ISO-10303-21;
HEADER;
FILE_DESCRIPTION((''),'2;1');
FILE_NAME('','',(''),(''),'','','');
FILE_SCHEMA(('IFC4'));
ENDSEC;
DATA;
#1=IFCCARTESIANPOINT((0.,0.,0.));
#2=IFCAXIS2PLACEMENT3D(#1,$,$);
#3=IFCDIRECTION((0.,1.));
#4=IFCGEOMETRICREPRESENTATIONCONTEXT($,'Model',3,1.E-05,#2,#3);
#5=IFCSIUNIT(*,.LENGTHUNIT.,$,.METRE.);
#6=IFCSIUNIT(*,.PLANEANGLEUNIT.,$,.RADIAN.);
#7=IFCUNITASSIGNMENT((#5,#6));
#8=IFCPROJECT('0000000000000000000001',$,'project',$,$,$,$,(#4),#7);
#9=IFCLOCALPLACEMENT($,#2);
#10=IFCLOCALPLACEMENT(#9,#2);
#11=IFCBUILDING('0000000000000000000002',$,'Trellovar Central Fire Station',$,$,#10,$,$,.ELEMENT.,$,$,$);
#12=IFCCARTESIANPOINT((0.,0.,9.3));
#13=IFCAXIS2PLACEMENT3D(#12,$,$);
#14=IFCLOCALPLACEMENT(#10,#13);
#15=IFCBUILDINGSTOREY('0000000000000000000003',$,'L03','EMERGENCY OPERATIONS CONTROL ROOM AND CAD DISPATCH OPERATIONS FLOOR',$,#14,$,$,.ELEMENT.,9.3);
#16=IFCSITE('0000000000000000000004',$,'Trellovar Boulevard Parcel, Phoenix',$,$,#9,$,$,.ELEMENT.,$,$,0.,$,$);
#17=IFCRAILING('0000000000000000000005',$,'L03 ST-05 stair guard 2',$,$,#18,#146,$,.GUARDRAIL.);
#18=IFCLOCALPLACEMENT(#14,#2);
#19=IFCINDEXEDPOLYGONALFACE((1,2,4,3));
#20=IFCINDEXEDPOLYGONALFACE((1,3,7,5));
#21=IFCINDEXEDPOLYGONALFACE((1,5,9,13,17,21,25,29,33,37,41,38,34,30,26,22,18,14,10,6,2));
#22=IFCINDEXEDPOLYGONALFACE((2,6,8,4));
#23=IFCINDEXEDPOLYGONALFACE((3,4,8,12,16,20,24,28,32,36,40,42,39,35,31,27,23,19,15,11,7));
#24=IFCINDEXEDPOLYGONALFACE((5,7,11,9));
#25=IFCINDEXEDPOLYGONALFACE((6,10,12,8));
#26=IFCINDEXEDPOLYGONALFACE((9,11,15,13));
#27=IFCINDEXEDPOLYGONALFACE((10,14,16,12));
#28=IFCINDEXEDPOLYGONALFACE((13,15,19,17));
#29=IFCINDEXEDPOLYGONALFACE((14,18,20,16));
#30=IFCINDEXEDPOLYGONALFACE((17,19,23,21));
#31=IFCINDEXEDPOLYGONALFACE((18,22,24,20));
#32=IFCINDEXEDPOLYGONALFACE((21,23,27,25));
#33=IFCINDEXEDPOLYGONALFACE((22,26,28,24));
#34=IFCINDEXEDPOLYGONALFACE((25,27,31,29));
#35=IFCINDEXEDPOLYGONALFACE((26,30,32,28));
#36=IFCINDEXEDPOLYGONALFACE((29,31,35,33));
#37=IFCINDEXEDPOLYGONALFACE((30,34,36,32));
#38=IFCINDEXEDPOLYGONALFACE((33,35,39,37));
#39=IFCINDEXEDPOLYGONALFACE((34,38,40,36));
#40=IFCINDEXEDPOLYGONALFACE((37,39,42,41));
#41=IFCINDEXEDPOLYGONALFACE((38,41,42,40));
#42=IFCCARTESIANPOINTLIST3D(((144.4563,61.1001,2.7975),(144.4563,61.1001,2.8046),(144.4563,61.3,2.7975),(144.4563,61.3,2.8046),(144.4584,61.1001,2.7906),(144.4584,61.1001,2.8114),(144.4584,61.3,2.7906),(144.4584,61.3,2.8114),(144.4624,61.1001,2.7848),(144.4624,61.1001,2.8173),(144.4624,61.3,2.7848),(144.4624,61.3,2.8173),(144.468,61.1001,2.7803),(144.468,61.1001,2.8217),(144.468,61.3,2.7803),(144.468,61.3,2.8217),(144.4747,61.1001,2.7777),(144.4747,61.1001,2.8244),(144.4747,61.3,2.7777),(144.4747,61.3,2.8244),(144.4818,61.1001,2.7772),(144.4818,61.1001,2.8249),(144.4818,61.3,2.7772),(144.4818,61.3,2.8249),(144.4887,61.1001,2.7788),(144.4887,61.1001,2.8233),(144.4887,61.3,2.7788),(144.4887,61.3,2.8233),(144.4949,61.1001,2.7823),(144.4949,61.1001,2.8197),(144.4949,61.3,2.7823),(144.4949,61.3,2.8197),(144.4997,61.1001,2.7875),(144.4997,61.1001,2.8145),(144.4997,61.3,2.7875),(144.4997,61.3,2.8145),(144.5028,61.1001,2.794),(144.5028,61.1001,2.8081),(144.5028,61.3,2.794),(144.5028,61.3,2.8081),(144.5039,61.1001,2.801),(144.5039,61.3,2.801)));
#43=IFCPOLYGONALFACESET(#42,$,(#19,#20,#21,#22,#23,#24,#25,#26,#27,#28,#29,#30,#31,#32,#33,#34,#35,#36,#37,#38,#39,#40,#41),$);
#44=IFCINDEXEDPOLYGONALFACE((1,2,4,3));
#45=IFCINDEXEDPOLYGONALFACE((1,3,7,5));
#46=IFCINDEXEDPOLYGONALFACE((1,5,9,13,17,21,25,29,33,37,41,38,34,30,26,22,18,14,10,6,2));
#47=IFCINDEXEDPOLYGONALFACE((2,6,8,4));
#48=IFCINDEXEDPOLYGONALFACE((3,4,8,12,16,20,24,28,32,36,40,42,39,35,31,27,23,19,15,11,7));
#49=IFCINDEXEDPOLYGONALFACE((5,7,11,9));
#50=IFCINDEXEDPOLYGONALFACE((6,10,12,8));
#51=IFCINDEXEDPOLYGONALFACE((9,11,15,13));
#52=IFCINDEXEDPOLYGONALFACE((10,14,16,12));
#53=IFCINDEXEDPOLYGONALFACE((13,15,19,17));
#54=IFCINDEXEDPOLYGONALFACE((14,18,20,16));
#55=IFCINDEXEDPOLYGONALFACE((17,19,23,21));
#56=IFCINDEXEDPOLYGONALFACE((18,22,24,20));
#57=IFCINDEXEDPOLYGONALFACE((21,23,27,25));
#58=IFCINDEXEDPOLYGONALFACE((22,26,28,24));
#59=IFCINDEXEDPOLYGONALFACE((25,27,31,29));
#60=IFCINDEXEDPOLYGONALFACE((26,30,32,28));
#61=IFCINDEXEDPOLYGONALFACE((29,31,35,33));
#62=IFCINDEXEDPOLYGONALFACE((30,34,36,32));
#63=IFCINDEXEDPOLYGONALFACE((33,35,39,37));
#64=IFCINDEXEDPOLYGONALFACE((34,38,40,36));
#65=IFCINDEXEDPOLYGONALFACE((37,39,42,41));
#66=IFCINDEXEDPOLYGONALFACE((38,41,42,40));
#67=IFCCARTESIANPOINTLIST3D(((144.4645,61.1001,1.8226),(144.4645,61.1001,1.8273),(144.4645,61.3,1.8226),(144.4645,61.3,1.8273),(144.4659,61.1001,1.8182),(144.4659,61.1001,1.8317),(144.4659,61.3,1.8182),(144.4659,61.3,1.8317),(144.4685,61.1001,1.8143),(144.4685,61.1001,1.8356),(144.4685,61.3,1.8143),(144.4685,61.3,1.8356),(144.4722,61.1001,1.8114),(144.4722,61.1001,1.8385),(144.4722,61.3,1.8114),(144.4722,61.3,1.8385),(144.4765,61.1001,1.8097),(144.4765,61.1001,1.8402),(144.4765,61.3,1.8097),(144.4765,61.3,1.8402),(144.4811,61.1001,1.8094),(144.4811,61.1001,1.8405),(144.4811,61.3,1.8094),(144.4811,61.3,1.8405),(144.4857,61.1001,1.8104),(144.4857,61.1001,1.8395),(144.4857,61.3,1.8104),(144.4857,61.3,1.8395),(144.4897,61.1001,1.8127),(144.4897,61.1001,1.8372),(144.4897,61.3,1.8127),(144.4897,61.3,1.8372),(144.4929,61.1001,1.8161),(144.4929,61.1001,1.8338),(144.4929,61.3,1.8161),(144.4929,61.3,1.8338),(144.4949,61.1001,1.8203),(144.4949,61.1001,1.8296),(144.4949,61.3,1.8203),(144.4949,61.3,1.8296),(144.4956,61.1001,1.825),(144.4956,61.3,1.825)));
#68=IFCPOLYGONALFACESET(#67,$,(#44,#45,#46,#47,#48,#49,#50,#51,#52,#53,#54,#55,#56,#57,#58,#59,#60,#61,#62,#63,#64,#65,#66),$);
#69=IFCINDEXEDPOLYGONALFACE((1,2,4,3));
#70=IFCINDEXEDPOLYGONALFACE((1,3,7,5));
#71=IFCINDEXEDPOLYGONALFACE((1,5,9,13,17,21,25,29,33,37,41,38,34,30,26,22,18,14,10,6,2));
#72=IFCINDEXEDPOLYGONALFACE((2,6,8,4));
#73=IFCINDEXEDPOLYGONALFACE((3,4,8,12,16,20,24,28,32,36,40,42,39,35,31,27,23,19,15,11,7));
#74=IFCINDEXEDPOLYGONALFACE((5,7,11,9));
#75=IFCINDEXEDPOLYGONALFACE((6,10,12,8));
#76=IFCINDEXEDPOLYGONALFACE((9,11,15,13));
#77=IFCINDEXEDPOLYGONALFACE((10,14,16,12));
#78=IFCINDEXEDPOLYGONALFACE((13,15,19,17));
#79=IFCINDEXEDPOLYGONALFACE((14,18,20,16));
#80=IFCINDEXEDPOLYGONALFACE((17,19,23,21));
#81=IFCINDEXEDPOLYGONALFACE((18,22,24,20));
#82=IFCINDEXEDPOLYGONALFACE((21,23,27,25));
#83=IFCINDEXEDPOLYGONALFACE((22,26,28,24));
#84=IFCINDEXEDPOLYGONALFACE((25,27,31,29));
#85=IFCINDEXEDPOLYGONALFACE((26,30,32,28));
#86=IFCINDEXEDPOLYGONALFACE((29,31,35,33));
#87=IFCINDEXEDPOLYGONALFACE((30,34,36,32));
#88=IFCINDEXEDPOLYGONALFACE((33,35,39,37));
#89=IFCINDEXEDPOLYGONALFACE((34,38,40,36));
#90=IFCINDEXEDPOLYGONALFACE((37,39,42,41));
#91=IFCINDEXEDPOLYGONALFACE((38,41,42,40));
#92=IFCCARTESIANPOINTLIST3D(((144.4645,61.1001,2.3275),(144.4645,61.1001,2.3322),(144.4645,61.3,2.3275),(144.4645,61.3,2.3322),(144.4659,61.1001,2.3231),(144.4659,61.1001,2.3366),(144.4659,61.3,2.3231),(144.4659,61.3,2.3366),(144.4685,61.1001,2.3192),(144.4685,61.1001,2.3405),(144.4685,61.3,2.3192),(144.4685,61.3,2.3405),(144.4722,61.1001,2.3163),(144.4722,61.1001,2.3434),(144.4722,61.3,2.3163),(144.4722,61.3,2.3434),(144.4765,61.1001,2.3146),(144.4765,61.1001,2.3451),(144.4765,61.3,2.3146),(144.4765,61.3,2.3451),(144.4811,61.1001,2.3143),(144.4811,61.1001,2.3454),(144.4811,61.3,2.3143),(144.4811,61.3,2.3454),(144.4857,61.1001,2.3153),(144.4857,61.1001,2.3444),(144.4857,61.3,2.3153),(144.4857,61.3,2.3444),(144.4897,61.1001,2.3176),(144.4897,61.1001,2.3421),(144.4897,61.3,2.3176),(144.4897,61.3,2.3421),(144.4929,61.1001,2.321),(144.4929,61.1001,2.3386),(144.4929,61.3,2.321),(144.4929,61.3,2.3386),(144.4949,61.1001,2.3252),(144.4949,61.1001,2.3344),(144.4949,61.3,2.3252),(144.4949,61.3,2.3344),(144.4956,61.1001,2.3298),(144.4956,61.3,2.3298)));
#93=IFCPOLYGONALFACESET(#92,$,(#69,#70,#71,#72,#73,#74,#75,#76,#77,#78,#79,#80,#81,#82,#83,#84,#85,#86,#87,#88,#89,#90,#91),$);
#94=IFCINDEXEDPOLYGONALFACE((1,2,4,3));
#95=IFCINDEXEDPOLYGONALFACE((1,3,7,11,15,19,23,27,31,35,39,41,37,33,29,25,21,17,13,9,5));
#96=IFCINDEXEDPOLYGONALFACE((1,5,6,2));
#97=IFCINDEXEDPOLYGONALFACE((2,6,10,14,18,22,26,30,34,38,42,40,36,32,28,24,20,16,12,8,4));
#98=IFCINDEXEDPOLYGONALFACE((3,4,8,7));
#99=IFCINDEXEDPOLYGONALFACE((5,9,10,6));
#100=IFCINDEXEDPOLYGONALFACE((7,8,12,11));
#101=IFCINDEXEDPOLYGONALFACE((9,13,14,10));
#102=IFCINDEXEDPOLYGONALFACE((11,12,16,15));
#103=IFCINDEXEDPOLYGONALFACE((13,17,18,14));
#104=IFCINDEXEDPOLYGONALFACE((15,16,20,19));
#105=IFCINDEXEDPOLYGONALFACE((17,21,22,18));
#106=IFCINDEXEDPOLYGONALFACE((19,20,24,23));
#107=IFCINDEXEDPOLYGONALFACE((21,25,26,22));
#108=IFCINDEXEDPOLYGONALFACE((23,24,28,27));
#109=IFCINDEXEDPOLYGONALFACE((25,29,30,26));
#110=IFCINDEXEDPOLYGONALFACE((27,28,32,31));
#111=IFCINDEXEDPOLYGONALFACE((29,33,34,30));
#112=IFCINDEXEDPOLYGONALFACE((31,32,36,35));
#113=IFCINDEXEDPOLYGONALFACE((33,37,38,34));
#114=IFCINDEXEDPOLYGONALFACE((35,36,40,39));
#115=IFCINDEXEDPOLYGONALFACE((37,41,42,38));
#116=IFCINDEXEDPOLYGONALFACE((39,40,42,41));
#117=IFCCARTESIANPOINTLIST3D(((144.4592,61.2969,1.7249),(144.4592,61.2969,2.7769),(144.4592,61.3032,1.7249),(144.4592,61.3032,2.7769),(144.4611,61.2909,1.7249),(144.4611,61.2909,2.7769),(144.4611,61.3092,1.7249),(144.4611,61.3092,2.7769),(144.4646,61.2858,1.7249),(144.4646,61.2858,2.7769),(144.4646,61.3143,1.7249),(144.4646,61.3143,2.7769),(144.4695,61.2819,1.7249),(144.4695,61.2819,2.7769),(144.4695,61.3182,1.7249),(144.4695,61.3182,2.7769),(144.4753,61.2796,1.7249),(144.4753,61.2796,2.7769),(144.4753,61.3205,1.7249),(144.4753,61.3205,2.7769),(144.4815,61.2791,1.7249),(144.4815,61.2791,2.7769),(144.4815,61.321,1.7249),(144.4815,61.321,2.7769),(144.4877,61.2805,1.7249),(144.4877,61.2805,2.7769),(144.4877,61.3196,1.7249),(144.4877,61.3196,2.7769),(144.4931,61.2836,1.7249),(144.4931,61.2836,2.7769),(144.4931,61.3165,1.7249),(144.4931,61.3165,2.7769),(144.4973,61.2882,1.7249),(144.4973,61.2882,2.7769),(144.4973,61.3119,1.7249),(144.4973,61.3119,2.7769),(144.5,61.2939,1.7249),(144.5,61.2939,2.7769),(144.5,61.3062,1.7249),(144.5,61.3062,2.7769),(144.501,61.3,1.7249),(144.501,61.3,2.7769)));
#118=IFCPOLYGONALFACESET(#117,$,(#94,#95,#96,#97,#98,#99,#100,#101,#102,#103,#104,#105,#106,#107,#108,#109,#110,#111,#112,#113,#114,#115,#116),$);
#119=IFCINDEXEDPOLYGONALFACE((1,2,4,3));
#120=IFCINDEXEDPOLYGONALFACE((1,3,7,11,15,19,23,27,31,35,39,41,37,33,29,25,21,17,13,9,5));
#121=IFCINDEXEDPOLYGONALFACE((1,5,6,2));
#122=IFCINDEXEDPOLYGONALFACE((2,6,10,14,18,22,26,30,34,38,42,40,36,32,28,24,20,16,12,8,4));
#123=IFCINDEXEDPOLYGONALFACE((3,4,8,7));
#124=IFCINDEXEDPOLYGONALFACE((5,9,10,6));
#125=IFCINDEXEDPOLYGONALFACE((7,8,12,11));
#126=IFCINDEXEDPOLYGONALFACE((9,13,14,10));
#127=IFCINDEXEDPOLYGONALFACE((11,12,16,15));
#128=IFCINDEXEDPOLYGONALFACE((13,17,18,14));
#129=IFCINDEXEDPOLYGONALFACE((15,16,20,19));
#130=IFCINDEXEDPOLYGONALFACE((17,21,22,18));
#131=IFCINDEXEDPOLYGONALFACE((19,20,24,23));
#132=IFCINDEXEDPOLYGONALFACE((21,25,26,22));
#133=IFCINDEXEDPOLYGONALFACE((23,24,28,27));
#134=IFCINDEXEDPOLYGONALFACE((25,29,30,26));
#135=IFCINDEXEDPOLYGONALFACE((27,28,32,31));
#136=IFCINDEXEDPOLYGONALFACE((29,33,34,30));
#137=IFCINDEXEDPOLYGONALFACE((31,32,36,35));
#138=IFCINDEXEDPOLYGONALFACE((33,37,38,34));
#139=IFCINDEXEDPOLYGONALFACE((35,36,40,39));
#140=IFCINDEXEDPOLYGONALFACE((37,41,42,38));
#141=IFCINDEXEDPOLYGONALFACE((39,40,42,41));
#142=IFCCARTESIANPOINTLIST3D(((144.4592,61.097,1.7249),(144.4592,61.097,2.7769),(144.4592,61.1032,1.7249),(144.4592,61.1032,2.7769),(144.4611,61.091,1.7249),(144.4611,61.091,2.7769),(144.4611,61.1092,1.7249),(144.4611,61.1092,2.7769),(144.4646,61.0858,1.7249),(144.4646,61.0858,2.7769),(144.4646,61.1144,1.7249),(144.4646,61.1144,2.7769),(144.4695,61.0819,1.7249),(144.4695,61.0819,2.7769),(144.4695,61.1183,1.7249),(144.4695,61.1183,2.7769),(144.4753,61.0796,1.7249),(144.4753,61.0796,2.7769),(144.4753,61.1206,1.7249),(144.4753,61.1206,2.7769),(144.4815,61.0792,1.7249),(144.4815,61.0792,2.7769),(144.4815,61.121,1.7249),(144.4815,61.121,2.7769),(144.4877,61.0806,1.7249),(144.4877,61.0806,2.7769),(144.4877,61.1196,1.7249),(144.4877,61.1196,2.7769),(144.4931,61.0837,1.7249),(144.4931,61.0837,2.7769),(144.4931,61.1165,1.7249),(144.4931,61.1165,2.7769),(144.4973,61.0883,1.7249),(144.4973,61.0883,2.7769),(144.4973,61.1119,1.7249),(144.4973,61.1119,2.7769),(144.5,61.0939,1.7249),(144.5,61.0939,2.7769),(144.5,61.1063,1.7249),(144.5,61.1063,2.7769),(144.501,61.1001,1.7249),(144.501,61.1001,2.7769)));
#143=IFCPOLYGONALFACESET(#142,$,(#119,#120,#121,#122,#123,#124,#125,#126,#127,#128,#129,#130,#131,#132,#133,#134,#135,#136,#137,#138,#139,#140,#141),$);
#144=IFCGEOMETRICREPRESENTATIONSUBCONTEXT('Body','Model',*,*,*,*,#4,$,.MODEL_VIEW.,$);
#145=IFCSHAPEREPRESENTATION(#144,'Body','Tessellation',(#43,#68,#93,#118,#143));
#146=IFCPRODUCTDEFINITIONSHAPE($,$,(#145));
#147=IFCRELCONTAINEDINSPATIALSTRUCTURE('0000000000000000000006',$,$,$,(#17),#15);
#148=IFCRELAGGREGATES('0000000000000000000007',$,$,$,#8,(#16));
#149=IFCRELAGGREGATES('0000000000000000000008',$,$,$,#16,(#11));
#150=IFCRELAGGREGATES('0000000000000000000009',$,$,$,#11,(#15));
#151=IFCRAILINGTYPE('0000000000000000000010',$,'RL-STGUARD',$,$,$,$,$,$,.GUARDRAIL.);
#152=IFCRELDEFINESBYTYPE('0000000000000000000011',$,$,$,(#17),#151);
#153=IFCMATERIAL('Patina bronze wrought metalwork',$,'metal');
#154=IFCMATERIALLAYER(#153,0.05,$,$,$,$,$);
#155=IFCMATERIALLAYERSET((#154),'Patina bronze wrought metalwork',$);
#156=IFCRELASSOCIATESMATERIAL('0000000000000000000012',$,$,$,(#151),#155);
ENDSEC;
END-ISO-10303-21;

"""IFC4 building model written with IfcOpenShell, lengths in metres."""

from ifc_helpers import new_model, si_unit, direction, frame, origin, origin_2d, place, context, subcontext, project, spatial, circle, extrude, material, layer, layer_set, type_object, element, save


model = new_model("IFC4")

# Units and contexts
model_context = context("Model", 3, precision=1e-05, world=origin(), true_north=direction((0.0, 1.0)))
body_context = subcontext(model_context, "Body", "Model", "MODEL_VIEW")
ifc_project = project(units=[si_unit("LENGTHUNIT", "METRE"), si_unit("PLANEANGLEUNIT", "RADIAN")], contexts=[model_context])

# Site, building, storey
site_placement = place(None, origin())
site = spatial("IfcSite", under=ifc_project, at=site_placement, Name="Trellovar Boulevard Parcel, Phoenix", CompositionType="ELEMENT", RefElevation=0.0)
building_placement = place(site_placement, origin())
building = spatial("IfcBuilding", under=site, at=building_placement, Name="Trellovar Central Fire Station", CompositionType="ELEMENT")
storey_placement = place(building_placement, frame((0.0, 0.0, 9.3)))
storey = spatial("IfcBuildingStorey", under=building, at=storey_placement, Name="L03", Description="EMERGENCY OPERATIONS CONTROL ROOM AND CAD DISPATCH OPERATIONS FLOOR", CompositionType="ELEMENT", Elevation=9.3)

# Railing
ifc_material_1 = material(Name="Patina bronze wrought metalwork", Category="metal")
ifc_layer_1 = layer(ifc_material_1, 0.05)
ifc_layer_set_1 = layer_set([ifc_layer_1], Name="Patina bronze wrought metalwork")
railing_type_1 = type_object("IfcRailingType", Name="RL-STGUARD", PredefinedType="GUARDRAIL", material=ifc_layer_set_1)
railing_1_placement = place(storey_placement, frame((144.48, 61.3, 1.7249)))
element("IfcRailing", 1, at=railing_1_placement, inside=storey, type_object=railing_type_1, Name="L03 ST-05 stair guard 2", PredefinedType="GUARDRAIL", context=body_context, shape_type="SweptSolid", body=[
    extrude(circle(Radius=0.0239, at=origin_2d()), frame((0.0, 0.0, 1.0762), z_axis=(0.0, -1.0, 0.0), x_axis=(1.0, 0.0, 0.0)), (0.0, 0.0, 1.0), 0.2),
    extrude(circle(Radius=0.0156, at=origin_2d()), frame((0.0, 0.0, 0.1001), z_axis=(0.0, -1.0, 0.0), x_axis=(1.0, 0.0, 0.0)), (0.0, 0.0, 1.0), 0.2),
    extrude(circle(Radius=0.0156, at=origin_2d()), frame((0.0, 0.0, 0.605), z_axis=(0.0, -1.0, 0.0), x_axis=(1.0, 0.0, 0.0)), (0.0, 0.0, 1.0), 0.2),
    extrude(circle(Radius=0.021, at=origin_2d()), origin(), (0.0, 0.0, 1.0), 1.052),
    extrude(circle(Radius=0.021, at=origin_2d()), frame((0.0, -0.2, 0.0)), (0.0, 0.0, 1.0), 1.052),
])

save(model, "model.ifc")
